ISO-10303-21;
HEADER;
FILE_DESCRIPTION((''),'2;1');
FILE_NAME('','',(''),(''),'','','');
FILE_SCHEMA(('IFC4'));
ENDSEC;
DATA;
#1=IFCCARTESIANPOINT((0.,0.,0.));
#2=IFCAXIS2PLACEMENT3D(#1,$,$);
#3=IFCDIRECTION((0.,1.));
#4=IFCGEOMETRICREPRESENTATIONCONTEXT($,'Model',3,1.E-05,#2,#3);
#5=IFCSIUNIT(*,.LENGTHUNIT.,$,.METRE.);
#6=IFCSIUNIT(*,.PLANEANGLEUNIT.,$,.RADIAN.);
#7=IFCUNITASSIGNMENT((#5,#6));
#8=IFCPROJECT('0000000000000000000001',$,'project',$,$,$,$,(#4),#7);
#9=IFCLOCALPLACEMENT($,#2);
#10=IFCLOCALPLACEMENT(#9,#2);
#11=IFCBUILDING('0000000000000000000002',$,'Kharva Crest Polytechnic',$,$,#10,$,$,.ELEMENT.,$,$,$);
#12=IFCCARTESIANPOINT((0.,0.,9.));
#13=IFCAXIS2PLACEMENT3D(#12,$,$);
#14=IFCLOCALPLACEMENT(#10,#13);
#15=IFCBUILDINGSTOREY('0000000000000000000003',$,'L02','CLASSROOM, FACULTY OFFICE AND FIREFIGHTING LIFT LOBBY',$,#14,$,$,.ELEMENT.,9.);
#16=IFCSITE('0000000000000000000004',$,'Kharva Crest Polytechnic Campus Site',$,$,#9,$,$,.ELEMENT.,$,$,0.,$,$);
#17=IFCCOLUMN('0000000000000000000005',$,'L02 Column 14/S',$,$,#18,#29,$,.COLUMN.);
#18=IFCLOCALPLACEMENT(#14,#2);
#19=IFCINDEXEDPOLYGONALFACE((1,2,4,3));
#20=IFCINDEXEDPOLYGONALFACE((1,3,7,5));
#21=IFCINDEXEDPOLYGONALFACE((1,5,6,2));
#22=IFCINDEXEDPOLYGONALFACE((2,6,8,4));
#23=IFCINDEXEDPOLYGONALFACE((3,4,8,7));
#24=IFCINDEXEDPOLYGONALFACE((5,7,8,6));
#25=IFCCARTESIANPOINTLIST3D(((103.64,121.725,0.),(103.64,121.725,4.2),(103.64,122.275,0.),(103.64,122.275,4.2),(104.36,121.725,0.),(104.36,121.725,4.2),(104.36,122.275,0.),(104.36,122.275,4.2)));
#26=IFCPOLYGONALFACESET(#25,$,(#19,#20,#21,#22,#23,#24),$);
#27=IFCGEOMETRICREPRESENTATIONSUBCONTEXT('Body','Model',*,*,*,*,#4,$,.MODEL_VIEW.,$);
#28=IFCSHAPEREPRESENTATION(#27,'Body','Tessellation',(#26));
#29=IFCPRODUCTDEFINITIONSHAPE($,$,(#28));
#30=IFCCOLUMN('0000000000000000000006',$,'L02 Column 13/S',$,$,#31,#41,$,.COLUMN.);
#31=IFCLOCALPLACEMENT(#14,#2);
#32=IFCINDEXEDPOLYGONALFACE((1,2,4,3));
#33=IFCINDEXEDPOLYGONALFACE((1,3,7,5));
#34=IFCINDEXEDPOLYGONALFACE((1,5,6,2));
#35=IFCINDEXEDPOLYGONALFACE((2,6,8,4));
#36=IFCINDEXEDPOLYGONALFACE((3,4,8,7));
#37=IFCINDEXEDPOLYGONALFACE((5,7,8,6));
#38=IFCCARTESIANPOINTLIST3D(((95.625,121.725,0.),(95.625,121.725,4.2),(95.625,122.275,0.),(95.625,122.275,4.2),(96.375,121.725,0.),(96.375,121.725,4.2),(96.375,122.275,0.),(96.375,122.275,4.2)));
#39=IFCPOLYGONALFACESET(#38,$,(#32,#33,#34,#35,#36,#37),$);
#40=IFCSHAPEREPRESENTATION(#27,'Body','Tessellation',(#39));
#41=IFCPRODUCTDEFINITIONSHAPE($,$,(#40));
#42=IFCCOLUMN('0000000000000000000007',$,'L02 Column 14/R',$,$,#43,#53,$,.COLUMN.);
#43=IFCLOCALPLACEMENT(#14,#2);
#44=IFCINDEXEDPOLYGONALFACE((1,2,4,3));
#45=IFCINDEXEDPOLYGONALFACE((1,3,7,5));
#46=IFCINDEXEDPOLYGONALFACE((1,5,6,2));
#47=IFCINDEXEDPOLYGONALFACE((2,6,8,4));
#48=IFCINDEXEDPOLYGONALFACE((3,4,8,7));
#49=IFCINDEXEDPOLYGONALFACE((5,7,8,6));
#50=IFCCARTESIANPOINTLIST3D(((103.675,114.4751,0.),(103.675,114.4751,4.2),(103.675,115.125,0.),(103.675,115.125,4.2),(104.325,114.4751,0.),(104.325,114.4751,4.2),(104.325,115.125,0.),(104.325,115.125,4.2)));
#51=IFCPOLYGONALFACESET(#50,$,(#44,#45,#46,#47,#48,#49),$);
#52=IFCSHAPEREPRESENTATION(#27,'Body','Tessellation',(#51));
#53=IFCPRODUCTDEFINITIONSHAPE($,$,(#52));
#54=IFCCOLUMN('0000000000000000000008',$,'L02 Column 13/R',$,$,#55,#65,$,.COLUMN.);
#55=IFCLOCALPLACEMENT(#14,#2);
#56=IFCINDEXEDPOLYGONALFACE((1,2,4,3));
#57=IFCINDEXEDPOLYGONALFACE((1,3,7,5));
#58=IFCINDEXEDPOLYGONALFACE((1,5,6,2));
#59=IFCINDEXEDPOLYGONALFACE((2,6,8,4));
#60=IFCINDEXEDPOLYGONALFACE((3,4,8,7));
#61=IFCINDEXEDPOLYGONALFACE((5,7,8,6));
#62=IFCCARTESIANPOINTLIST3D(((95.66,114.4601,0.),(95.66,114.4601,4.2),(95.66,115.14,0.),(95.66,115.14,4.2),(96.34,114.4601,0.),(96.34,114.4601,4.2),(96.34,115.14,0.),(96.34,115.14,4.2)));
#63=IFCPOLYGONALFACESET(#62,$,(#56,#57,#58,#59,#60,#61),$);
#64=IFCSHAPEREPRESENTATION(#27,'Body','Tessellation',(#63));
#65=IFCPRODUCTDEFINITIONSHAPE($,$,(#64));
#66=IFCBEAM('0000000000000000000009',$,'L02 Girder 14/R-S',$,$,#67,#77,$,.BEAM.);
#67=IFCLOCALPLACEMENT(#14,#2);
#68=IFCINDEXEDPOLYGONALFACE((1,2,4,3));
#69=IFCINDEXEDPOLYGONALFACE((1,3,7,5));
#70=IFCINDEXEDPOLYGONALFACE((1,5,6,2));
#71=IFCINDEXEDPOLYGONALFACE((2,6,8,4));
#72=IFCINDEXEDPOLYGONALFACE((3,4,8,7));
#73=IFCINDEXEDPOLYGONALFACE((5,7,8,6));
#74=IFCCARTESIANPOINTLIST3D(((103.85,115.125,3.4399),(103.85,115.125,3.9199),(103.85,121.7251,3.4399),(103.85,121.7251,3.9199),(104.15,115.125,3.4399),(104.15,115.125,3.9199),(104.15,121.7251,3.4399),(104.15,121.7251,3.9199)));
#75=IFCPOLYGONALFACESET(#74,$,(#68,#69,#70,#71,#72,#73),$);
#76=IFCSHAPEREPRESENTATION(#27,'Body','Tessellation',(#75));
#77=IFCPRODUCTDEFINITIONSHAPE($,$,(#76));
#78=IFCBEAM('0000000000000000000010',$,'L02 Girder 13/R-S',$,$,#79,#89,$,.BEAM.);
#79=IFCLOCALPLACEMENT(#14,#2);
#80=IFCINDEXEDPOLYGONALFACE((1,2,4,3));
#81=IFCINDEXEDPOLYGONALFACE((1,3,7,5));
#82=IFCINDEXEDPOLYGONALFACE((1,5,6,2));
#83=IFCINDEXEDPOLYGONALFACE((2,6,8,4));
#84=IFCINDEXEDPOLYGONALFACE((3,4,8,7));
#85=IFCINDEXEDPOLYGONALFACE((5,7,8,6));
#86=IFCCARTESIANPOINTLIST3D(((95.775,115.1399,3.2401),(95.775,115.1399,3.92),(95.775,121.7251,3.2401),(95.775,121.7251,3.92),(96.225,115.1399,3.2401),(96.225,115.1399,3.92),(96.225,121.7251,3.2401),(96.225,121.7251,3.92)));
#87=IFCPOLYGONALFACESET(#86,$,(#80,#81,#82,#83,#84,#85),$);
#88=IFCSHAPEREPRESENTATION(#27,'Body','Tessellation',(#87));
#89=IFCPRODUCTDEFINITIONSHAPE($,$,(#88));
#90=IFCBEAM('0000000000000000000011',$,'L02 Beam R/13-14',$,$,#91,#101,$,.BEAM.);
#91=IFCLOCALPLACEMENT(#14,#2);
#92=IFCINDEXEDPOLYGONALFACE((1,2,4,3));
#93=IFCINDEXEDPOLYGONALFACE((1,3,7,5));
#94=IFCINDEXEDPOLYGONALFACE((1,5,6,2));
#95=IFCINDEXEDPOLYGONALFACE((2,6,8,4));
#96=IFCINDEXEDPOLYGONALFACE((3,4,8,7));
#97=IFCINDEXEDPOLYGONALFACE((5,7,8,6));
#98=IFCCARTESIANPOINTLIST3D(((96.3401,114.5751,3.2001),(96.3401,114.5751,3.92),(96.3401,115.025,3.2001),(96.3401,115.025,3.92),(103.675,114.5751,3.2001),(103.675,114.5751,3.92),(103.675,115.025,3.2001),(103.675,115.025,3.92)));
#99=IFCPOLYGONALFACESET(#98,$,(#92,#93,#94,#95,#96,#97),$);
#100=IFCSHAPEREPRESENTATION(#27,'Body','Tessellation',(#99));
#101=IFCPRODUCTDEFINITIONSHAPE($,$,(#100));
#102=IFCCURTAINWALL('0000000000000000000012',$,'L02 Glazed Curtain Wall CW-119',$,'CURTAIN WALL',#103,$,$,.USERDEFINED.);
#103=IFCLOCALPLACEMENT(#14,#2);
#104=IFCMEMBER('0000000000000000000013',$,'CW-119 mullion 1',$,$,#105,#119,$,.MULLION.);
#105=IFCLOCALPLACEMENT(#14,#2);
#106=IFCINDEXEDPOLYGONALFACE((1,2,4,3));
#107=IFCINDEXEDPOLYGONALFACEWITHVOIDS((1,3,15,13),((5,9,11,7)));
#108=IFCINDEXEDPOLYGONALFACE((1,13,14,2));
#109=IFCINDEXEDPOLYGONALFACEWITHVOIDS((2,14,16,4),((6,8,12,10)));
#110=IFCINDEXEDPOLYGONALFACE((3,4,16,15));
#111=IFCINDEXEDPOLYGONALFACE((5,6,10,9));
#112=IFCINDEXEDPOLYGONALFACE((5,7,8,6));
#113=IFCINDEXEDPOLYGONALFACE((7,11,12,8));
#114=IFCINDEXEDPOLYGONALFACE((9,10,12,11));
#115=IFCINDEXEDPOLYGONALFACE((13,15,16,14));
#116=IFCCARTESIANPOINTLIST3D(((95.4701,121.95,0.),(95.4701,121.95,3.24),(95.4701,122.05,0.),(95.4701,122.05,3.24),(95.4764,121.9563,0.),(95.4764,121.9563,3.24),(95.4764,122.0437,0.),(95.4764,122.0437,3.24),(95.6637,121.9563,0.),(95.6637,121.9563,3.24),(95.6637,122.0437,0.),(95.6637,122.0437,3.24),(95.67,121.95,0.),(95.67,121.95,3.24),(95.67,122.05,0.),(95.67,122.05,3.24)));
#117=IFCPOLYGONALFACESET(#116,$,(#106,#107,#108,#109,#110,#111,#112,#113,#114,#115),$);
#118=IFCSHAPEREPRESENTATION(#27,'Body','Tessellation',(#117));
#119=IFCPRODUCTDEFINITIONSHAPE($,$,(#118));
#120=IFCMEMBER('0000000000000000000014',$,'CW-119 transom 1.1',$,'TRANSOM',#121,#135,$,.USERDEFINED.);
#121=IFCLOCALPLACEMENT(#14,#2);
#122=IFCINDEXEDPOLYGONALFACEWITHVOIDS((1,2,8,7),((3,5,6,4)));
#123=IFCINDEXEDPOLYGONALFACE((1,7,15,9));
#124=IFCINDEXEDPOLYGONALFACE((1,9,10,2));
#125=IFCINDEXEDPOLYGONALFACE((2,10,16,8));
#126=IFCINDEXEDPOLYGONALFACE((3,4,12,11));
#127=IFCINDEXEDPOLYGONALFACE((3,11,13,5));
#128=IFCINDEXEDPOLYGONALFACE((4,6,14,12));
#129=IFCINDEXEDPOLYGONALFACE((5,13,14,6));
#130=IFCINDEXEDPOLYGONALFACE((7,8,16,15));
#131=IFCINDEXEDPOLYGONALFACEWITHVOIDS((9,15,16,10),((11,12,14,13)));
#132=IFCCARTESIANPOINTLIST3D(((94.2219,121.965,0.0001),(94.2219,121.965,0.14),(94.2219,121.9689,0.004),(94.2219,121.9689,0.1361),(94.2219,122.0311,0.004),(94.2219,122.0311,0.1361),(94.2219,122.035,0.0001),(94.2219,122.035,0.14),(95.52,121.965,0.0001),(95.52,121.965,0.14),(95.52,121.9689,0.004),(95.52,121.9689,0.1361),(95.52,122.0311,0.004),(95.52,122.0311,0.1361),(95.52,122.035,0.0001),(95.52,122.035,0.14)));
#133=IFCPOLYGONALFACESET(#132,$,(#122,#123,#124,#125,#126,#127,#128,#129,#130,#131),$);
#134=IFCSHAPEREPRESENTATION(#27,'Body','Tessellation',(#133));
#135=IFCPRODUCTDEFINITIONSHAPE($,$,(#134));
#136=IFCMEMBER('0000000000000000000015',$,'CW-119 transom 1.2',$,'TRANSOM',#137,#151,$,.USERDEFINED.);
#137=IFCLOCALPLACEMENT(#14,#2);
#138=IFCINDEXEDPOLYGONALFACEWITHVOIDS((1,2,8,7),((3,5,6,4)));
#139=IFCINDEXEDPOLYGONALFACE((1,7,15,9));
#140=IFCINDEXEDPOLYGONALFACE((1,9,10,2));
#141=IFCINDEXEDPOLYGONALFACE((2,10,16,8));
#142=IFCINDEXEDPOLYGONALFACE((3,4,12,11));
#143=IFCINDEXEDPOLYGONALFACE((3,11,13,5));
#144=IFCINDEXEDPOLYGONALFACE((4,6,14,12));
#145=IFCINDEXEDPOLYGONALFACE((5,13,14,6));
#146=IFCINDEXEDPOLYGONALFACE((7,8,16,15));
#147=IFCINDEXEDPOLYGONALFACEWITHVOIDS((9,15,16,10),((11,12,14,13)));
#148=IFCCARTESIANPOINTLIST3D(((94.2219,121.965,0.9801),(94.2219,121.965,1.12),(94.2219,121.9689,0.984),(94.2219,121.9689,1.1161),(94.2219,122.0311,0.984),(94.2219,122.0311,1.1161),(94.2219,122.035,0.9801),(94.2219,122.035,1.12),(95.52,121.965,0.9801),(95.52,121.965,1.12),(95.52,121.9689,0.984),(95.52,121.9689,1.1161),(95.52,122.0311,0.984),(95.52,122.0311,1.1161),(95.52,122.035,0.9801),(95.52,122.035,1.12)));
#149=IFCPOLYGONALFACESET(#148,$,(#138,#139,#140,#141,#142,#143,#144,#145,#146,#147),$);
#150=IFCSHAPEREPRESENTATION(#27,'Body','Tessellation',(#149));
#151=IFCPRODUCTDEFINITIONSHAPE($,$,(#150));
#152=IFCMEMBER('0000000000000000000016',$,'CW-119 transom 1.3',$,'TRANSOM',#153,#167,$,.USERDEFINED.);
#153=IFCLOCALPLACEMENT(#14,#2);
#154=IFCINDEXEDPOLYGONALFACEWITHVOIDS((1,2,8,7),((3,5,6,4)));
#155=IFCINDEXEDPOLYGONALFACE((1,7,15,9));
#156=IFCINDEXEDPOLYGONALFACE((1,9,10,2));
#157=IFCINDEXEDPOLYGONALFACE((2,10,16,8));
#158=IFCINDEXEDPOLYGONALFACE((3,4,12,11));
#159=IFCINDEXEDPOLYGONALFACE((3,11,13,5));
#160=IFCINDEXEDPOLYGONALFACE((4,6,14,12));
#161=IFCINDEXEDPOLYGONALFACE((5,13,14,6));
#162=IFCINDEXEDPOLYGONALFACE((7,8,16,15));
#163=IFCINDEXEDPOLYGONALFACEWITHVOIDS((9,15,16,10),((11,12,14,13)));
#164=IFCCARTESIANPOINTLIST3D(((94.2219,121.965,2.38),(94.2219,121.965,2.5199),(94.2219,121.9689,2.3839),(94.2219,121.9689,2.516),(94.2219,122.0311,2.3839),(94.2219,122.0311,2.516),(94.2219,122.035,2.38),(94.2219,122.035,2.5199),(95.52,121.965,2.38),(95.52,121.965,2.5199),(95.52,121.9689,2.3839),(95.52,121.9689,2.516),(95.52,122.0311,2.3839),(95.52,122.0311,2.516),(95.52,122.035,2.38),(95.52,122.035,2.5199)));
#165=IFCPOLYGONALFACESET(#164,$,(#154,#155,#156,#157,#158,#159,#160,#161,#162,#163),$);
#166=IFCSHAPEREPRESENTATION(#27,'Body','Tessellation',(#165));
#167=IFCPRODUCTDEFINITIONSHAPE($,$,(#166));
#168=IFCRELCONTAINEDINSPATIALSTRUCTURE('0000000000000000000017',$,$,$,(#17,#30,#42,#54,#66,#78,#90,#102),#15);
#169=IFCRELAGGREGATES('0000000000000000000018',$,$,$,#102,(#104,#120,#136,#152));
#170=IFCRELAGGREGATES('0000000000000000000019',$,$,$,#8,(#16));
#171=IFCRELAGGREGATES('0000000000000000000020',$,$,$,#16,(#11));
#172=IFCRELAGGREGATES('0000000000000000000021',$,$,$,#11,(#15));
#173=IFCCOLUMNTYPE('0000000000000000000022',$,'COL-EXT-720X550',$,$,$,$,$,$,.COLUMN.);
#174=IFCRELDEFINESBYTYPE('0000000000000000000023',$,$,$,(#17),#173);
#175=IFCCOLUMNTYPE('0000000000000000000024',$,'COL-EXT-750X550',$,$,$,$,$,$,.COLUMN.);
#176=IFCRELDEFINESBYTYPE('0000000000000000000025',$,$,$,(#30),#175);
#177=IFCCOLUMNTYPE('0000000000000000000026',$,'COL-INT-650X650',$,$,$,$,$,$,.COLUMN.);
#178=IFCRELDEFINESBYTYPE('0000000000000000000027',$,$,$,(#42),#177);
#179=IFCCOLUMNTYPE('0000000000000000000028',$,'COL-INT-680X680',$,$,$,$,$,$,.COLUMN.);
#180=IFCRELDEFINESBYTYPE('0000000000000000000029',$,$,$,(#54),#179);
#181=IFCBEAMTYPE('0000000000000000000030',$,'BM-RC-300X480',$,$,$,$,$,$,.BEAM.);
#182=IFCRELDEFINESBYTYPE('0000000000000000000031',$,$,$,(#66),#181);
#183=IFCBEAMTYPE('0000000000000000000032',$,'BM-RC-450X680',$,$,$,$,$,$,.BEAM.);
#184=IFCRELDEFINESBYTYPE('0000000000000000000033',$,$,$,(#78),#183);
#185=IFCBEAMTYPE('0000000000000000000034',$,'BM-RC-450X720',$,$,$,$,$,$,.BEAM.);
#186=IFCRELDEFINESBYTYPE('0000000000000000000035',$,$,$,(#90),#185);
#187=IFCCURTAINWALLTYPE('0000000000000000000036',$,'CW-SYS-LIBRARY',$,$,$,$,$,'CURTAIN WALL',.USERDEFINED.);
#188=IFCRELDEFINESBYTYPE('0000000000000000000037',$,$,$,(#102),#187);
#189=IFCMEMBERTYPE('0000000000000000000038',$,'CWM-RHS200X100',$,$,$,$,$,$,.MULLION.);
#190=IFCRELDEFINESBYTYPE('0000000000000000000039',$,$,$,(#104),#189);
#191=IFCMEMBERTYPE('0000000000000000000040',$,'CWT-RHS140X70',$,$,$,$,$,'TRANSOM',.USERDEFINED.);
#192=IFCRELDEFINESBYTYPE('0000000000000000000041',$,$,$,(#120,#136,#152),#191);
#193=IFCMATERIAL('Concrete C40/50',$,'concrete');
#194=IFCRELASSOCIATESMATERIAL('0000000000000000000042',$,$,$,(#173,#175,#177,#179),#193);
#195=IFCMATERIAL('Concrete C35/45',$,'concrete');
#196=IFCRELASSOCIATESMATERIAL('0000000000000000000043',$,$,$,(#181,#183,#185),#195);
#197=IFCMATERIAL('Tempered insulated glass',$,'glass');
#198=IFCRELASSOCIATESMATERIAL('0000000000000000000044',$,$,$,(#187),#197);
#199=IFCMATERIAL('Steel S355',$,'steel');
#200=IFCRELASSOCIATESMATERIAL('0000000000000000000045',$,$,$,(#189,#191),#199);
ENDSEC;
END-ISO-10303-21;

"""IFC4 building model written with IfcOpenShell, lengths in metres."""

from ifc_helpers import new_model, si_unit, direction, frame, origin, origin_2d, place, context, subcontext, project, spatial, rectangle, hollow_rectangle, extrude, material, material_profile, profile_set, type_object, element, aggregate, save


model = new_model("IFC4")

# Units and contexts
model_context = context("Model", 3, precision=1e-05, world=origin(), true_north=direction((0.0, 1.0)))
body_context = subcontext(model_context, "Body", "Model", "MODEL_VIEW")
ifc_project = project(units=[si_unit("LENGTHUNIT", "METRE"), si_unit("PLANEANGLEUNIT", "RADIAN")], contexts=[model_context])

# Site, building, storey
site_placement = place(None, origin())
site = spatial("IfcSite", under=ifc_project, at=site_placement, Name="Kharva Crest Polytechnic Campus Site", CompositionType="ELEMENT", RefElevation=0.0)
building_placement = place(site_placement, origin())
building = spatial("IfcBuilding", under=site, at=building_placement, Name="Kharva Crest Polytechnic", CompositionType="ELEMENT")
storey_placement = place(building_placement, frame((0.0, 0.0, 9.0)))
storey = spatial("IfcBuildingStorey", under=building, at=storey_placement, Name="L02", Description="CLASSROOM, FACULTY OFFICE AND FIREFIGHTING LIFT LOBBY", CompositionType="ELEMENT", Elevation=9.0)

# Columns
ifc_material_1 = material(Name="Concrete C40/50", Category="concrete")
ifc_material_profile_1 = material_profile(ifc_material_1, rectangle(XDim=0.72, YDim=0.55, at=origin_2d()), Name="RECT 720 X 550")
ifc_profile_set_1 = profile_set([ifc_material_profile_1], Name="Concrete C40/50")
column_type_1 = type_object("IfcColumnType", Name="COL-EXT-720X550", PredefinedType="COLUMN", material=ifc_profile_set_1)
column_1_placement = place(storey_placement, frame((104.0, 122.0, 0.0), z_axis=(0.0, 0.0, 1.0), x_axis=(1.0, 0.0, 0.0)))
element("IfcColumn", 1, at=column_1_placement, inside=storey, type_object=column_type_1, Name="L02 Column 14/S", PredefinedType="COLUMN", context=body_context, shape_type="SweptSolid", body=[
    extrude(rectangle(XDim=0.72, YDim=0.55, at=origin_2d()), origin(), (0.0, 0.0, 1.0), 4.2),
])
ifc_material_profile_2 = material_profile(ifc_material_1, rectangle(XDim=0.75, YDim=0.55, at=origin_2d()), Name="RECT 750 X 550")
ifc_profile_set_2 = profile_set([ifc_material_profile_2], Name="Concrete C40/50")
column_type_2 = type_object("IfcColumnType", Name="COL-EXT-750X550", PredefinedType="COLUMN", material=ifc_profile_set_2)
column_2_placement = place(storey_placement, frame((96.0, 122.0, 0.0), z_axis=(0.0, 0.0, 1.0), x_axis=(1.0, 0.0, 0.0)))
element("IfcColumn", 2, at=column_2_placement, inside=storey, type_object=column_type_2, Name="L02 Column 13/S", PredefinedType="COLUMN", context=body_context, shape_type="SweptSolid", body=[
    extrude(rectangle(XDim=0.75, YDim=0.55, at=origin_2d()), origin(), (0.0, 0.0, 1.0), 4.2),
])
ifc_material_profile_3 = material_profile(ifc_material_1, rectangle(XDim=0.6499, YDim=0.6499, at=origin_2d()), Name="RECT 650 X 650")
ifc_profile_set_3 = profile_set([ifc_material_profile_3], Name="Concrete C40/50")
column_type_3 = type_object("IfcColumnType", Name="COL-INT-650X650", PredefinedType="COLUMN", material=ifc_profile_set_3)
column_3_placement = place(storey_placement, frame((104.0, 114.8, 0.0), z_axis=(0.0, 0.0, 1.0), x_axis=(1.0, 0.0, 0.0)))
element("IfcColumn", 3, at=column_3_placement, inside=storey, type_object=column_type_3, Name="L02 Column 14/R", PredefinedType="COLUMN", context=body_context, shape_type="SweptSolid", body=[
    extrude(rectangle(XDim=0.6499, YDim=0.6499, at=origin_2d()), origin(), (0.0, 0.0, 1.0), 4.2),
])
ifc_material_profile_4 = material_profile(ifc_material_1, rectangle(XDim=0.6799, YDim=0.6799, at=origin_2d()), Name="RECT 680 X 680")
ifc_profile_set_4 = profile_set([ifc_material_profile_4], Name="Concrete C40/50")
column_type_4 = type_object("IfcColumnType", Name="COL-INT-680X680", PredefinedType="COLUMN", material=ifc_profile_set_4)
column_4_placement = place(storey_placement, frame((96.0, 114.8, 0.0), z_axis=(0.0, 0.0, 1.0), x_axis=(1.0, 0.0, 0.0)))
element("IfcColumn", 4, at=column_4_placement, inside=storey, type_object=column_type_4, Name="L02 Column 13/R", PredefinedType="COLUMN", context=body_context, shape_type="SweptSolid", body=[
    extrude(rectangle(XDim=0.6799, YDim=0.6799, at=origin_2d()), origin(), (0.0, 0.0, 1.0), 4.2),
])

# Beams
ifc_material_2 = material(Name="Concrete C35/45", Category="concrete")
ifc_material_profile_5 = material_profile(ifc_material_2, rectangle(XDim=0.3, YDim=0.48, at=origin_2d()), Name="RECT 300 X 480")
ifc_profile_set_5 = profile_set([ifc_material_profile_5], Name="Concrete C35/45")
beam_type_1 = type_object("IfcBeamType", Name="BM-RC-300X480", PredefinedType="BEAM", material=ifc_profile_set_5)
beam_1_placement = place(storey_placement, frame((104.0, 115.125, 3.6799), z_axis=(0.0, 1.0, 0.0), x_axis=(-1.0, 0.0, 0.0)))
element("IfcBeam", 5, at=beam_1_placement, inside=storey, type_object=beam_type_1, Name="L02 Girder 14/R-S", PredefinedType="BEAM", context=body_context, shape_type="SweptSolid", body=[
    extrude(rectangle(XDim=0.3, YDim=0.48, at=origin_2d()), origin(), (0.0, 0.0, 1.0), 6.6001),
])
ifc_material_profile_6 = material_profile(ifc_material_2, rectangle(XDim=0.45, YDim=0.6799, at=origin_2d()), Name="RECT 450 X 680")
ifc_profile_set_6 = profile_set([ifc_material_profile_6], Name="Concrete C35/45")
beam_type_2 = type_object("IfcBeamType", Name="BM-RC-450X680", PredefinedType="BEAM", material=ifc_profile_set_6)
beam_2_placement = place(storey_placement, frame((96.0, 115.1399, 3.5801), z_axis=(0.0, 1.0, 0.0), x_axis=(-1.0, 0.0, 0.0)))
element("IfcBeam", 6, at=beam_2_placement, inside=storey, type_object=beam_type_2, Name="L02 Girder 13/R-S", PredefinedType="BEAM", context=body_context, shape_type="SweptSolid", body=[
    extrude(rectangle(XDim=0.45, YDim=0.6799, at=origin_2d()), origin(), (0.0, 0.0, 1.0), 6.5852),
])
ifc_material_profile_7 = material_profile(ifc_material_2, rectangle(XDim=0.45, YDim=0.72, at=origin_2d()), Name="RECT 450 X 720")
ifc_profile_set_7 = profile_set([ifc_material_profile_7], Name="Concrete C35/45")
beam_type_3 = type_object("IfcBeamType", Name="BM-RC-450X720", PredefinedType="BEAM", material=ifc_profile_set_7)
beam_3_placement = place(storey_placement, frame((96.3401, 114.8, 3.5601), z_axis=(1.0, 0.0, 0.0), x_axis=(0.0, 1.0, 0.0)))
element("IfcBeam", 7, at=beam_3_placement, inside=storey, type_object=beam_type_3, Name="L02 Beam R/13-14", PredefinedType="BEAM", context=body_context, shape_type="SweptSolid", body=[
    extrude(rectangle(XDim=0.45, YDim=0.72, at=origin_2d()), origin(), (0.0, 0.0, 1.0), 7.335),
])

# Curtain wall, members
ifc_material_3 = material(Name="Tempered insulated glass", Category="glass")
curtain_wall_type = type_object("IfcCurtainWallType", Name="CW-SYS-LIBRARY", ElementType="CURTAIN WALL", PredefinedType="USERDEFINED", material=ifc_material_3)
curtain_wall_placement = place(storey_placement, origin())
curtain_wall = element("IfcCurtainWall", 8, at=curtain_wall_placement, inside=storey, type_object=curtain_wall_type, Name="L02 Glazed Curtain Wall CW-119", ObjectType="CURTAIN WALL", PredefinedType="USERDEFINED")
ifc_material_4 = material(Name="Steel S355", Category="steel")
ifc_material_profile_8 = material_profile(ifc_material_4, hollow_rectangle(XDim=0.1001, YDim=0.2, WallThickness=0.0063, at=origin_2d()), Name="RHS 200X100X6.3")
ifc_profile_set_8 = profile_set([ifc_material_profile_8], Name="Steel S355")
member_type_1 = type_object("IfcMemberType", Name="CWM-RHS200X100", PredefinedType="MULLION", material=ifc_profile_set_8)
member_1_placement = place(storey_placement, frame((95.5701, 122.0, 0.0), z_axis=(0.0, 0.0, 1.0), x_axis=(0.0, -1.0, 0.0)))
member_1 = element("IfcMember", 9, at=member_1_placement, type_object=member_type_1, Name="CW-119 mullion 1", PredefinedType="MULLION", context=body_context, shape_type="SweptSolid", body=[
    extrude(hollow_rectangle(XDim=0.1001, YDim=0.2, WallThickness=0.0063, at=origin_2d()), origin(), (0.0, 0.0, 1.0), 3.24),
])
ifc_material_profile_9 = material_profile(ifc_material_4, hollow_rectangle(XDim=0.0701, YDim=0.1399, WallThickness=0.0039, at=origin_2d()), Name="RHS 140X70X4.0")
ifc_profile_set_9 = profile_set([ifc_material_profile_9], Name="Steel S355")
member_type_2 = type_object("IfcMemberType", Name="CWT-RHS140X70", ElementType="TRANSOM", PredefinedType="USERDEFINED", material=ifc_profile_set_9)
member_2_placement = place(storey_placement, frame((95.52, 122.0, 0.0701), z_axis=(-1.0, 0.0, 0.0), x_axis=(0.0, -1.0, 0.0)))
member_2 = element("IfcMember", 10, at=member_2_placement, type_object=member_type_2, Name="CW-119 transom 1.1", ObjectType="TRANSOM", PredefinedType="USERDEFINED", context=body_context, shape_type="SweptSolid", body=[
    extrude(hollow_rectangle(XDim=0.0701, YDim=0.1399, WallThickness=0.0039, at=origin_2d()), origin(), (0.0, 0.0, 1.0), 1.2981),
])
member_3_placement = place(storey_placement, frame((95.52, 122.0, 1.05), z_axis=(-1.0, 0.0, 0.0), x_axis=(0.0, -1.0, 0.0)))
member_3 = element("IfcMember", 11, at=member_3_placement, type_object=member_type_2, Name="CW-119 transom 1.2", ObjectType="TRANSOM", PredefinedType="USERDEFINED", context=body_context, shape_type="SweptSolid", body=[
    extrude(hollow_rectangle(XDim=0.0701, YDim=0.1399, WallThickness=0.0039, at=origin_2d()), origin(), (0.0, 0.0, 1.0), 1.2981),
])
member_4_placement = place(storey_placement, frame((95.52, 122.0, 2.45), z_axis=(-1.0, 0.0, 0.0), x_axis=(0.0, -1.0, 0.0)))
member_4 = element("IfcMember", 12, at=member_4_placement, type_object=member_type_2, Name="CW-119 transom 1.3", ObjectType="TRANSOM", PredefinedType="USERDEFINED", context=body_context, shape_type="SweptSolid", body=[
    extrude(hollow_rectangle(XDim=0.0701, YDim=0.1399, WallThickness=0.0039, at=origin_2d()), origin(), (0.0, 0.0, 1.0), 1.2981),
])

aggregate(curtain_wall, [member_1, member_2, member_3, member_4])

save(model, "model.ifc")
